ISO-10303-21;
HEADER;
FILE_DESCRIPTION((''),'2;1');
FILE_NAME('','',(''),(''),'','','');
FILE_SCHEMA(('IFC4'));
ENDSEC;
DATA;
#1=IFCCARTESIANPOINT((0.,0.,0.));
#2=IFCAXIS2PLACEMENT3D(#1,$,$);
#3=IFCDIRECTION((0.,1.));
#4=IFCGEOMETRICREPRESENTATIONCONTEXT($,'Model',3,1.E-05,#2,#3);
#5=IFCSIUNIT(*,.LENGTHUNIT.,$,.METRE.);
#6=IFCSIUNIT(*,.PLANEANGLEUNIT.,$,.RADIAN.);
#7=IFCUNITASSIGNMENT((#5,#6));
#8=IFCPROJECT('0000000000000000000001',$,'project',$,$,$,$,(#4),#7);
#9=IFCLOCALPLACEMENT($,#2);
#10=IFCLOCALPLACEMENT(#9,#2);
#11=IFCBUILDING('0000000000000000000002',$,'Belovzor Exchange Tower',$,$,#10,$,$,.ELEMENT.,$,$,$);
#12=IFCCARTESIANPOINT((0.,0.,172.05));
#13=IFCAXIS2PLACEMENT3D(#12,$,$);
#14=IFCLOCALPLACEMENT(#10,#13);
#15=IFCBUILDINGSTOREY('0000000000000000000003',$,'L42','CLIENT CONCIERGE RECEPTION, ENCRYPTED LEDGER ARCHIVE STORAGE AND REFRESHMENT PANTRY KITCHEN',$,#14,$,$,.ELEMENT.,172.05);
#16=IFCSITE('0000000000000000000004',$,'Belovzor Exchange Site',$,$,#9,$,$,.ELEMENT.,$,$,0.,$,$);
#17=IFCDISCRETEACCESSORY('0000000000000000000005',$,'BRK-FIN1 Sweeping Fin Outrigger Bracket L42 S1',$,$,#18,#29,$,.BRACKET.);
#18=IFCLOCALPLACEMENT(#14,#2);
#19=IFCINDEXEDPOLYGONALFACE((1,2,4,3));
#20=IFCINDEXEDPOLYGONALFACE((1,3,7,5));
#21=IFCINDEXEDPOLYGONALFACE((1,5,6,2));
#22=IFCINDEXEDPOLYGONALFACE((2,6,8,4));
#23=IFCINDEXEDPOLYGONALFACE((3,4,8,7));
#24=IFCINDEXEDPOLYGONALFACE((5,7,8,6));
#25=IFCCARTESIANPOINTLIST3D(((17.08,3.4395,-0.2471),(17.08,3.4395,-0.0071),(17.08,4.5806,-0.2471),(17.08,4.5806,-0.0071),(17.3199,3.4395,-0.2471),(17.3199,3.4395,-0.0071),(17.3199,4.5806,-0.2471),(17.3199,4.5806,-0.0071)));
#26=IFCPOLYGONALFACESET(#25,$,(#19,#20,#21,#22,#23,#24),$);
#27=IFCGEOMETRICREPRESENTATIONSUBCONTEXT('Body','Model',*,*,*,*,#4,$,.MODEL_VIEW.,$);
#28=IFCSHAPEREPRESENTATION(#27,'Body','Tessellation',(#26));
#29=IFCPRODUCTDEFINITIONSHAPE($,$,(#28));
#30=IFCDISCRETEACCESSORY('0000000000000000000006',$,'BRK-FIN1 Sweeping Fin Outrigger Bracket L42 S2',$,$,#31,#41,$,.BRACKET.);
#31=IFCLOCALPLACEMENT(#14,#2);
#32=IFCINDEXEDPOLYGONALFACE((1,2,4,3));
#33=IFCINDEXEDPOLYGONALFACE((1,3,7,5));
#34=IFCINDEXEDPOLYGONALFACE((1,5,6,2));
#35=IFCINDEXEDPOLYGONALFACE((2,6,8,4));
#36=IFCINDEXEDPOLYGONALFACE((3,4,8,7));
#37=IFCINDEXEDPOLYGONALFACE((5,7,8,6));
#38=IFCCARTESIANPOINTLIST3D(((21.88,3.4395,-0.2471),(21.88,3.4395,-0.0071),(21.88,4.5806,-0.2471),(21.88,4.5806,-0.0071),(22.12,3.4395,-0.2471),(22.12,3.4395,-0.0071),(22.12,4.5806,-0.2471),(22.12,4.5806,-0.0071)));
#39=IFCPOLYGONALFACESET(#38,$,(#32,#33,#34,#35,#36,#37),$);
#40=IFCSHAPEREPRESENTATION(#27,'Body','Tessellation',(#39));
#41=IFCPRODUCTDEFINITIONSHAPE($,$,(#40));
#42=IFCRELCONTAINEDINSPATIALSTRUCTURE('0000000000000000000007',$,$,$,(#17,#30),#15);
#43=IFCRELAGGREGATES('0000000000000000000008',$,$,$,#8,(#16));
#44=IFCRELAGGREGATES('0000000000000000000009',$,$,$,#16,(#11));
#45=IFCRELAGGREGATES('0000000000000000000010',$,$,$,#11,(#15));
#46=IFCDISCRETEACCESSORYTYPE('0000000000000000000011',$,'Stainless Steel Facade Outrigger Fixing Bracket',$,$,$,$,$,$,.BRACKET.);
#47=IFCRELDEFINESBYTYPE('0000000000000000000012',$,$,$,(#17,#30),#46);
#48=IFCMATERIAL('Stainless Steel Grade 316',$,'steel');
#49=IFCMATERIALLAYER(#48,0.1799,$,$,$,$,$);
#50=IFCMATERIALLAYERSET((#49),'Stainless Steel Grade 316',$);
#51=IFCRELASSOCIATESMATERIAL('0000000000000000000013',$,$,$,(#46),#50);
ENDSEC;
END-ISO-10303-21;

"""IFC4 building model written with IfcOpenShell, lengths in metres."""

from ifc_helpers import new_model, si_unit, direction, frame, origin, origin_2d, place, context, subcontext, project, spatial, rectangle, extrude, material, layer, layer_set, type_object, element, save


model = new_model("IFC4")

# Units and contexts
model_context = context("Model", 3, precision=1e-05, world=origin(), true_north=direction((0.0, 1.0)))
body_context = subcontext(model_context, "Body", "Model", "MODEL_VIEW")
ifc_project = project(units=[si_unit("LENGTHUNIT", "METRE"), si_unit("PLANEANGLEUNIT", "RADIAN")], contexts=[model_context])

# Site, building, storey
site_placement = place(None, origin())
site = spatial("IfcSite", under=ifc_project, at=site_placement, Name="Belovzor Exchange Site", CompositionType="ELEMENT", RefElevation=0.0)
building_placement = place(site_placement, origin())
building = spatial("IfcBuilding", under=site, at=building_placement, Name="Belovzor Exchange Tower", CompositionType="ELEMENT")
storey_placement = place(building_placement, frame((0.0, 0.0, 172.05)))
storey = spatial("IfcBuildingStorey", under=building, at=storey_placement, Name="L42", Description="CLIENT CONCIERGE RECEPTION, ENCRYPTED LEDGER ARCHIVE STORAGE AND REFRESHMENT PANTRY KITCHEN", CompositionType="ELEMENT", Elevation=172.05)

# Discrete accessories
ifc_material_1 = material(Name="Stainless Steel Grade 316", Category="steel")
ifc_layer_1 = layer(ifc_material_1, 0.1799)
ifc_layer_set_1 = layer_set([ifc_layer_1], Name="Stainless Steel Grade 316")
discrete_accessory_type = type_object("IfcDiscreteAccessoryType", Name="Stainless Steel Facade Outrigger Fixing Bracket", PredefinedType="BRACKET", material=ifc_layer_set_1)
for number, where, z_axis, x_axis, name in (
    (1, (17.2, 4.01, -0.2471), (0.0, 0.0, 1.0), (0.0, 1.0, 0.0), "BRK-FIN1 Sweeping Fin Outrigger Bracket L42 S1"),
    (2, (22.0, 4.01, -0.2471), (0.0, 0.0, 1.0), (0.0, 1.0, 0.0), "BRK-FIN1 Sweeping Fin Outrigger Bracket L42 S2"),
):
    element("IfcDiscreteAccessory", number, at=place(storey_placement, frame(where, z_axis=z_axis, x_axis=x_axis)), inside=storey, type_object=discrete_accessory_type, Name=name, PredefinedType="BRACKET", context=body_context, shape_type="SweptSolid", body=[
        extrude(rectangle(XDim=1.1411, YDim=0.24, at=origin_2d()), origin(), (0.0, 0.0, 1.0), 0.24),
    ])

save(model, "model.ifc")
